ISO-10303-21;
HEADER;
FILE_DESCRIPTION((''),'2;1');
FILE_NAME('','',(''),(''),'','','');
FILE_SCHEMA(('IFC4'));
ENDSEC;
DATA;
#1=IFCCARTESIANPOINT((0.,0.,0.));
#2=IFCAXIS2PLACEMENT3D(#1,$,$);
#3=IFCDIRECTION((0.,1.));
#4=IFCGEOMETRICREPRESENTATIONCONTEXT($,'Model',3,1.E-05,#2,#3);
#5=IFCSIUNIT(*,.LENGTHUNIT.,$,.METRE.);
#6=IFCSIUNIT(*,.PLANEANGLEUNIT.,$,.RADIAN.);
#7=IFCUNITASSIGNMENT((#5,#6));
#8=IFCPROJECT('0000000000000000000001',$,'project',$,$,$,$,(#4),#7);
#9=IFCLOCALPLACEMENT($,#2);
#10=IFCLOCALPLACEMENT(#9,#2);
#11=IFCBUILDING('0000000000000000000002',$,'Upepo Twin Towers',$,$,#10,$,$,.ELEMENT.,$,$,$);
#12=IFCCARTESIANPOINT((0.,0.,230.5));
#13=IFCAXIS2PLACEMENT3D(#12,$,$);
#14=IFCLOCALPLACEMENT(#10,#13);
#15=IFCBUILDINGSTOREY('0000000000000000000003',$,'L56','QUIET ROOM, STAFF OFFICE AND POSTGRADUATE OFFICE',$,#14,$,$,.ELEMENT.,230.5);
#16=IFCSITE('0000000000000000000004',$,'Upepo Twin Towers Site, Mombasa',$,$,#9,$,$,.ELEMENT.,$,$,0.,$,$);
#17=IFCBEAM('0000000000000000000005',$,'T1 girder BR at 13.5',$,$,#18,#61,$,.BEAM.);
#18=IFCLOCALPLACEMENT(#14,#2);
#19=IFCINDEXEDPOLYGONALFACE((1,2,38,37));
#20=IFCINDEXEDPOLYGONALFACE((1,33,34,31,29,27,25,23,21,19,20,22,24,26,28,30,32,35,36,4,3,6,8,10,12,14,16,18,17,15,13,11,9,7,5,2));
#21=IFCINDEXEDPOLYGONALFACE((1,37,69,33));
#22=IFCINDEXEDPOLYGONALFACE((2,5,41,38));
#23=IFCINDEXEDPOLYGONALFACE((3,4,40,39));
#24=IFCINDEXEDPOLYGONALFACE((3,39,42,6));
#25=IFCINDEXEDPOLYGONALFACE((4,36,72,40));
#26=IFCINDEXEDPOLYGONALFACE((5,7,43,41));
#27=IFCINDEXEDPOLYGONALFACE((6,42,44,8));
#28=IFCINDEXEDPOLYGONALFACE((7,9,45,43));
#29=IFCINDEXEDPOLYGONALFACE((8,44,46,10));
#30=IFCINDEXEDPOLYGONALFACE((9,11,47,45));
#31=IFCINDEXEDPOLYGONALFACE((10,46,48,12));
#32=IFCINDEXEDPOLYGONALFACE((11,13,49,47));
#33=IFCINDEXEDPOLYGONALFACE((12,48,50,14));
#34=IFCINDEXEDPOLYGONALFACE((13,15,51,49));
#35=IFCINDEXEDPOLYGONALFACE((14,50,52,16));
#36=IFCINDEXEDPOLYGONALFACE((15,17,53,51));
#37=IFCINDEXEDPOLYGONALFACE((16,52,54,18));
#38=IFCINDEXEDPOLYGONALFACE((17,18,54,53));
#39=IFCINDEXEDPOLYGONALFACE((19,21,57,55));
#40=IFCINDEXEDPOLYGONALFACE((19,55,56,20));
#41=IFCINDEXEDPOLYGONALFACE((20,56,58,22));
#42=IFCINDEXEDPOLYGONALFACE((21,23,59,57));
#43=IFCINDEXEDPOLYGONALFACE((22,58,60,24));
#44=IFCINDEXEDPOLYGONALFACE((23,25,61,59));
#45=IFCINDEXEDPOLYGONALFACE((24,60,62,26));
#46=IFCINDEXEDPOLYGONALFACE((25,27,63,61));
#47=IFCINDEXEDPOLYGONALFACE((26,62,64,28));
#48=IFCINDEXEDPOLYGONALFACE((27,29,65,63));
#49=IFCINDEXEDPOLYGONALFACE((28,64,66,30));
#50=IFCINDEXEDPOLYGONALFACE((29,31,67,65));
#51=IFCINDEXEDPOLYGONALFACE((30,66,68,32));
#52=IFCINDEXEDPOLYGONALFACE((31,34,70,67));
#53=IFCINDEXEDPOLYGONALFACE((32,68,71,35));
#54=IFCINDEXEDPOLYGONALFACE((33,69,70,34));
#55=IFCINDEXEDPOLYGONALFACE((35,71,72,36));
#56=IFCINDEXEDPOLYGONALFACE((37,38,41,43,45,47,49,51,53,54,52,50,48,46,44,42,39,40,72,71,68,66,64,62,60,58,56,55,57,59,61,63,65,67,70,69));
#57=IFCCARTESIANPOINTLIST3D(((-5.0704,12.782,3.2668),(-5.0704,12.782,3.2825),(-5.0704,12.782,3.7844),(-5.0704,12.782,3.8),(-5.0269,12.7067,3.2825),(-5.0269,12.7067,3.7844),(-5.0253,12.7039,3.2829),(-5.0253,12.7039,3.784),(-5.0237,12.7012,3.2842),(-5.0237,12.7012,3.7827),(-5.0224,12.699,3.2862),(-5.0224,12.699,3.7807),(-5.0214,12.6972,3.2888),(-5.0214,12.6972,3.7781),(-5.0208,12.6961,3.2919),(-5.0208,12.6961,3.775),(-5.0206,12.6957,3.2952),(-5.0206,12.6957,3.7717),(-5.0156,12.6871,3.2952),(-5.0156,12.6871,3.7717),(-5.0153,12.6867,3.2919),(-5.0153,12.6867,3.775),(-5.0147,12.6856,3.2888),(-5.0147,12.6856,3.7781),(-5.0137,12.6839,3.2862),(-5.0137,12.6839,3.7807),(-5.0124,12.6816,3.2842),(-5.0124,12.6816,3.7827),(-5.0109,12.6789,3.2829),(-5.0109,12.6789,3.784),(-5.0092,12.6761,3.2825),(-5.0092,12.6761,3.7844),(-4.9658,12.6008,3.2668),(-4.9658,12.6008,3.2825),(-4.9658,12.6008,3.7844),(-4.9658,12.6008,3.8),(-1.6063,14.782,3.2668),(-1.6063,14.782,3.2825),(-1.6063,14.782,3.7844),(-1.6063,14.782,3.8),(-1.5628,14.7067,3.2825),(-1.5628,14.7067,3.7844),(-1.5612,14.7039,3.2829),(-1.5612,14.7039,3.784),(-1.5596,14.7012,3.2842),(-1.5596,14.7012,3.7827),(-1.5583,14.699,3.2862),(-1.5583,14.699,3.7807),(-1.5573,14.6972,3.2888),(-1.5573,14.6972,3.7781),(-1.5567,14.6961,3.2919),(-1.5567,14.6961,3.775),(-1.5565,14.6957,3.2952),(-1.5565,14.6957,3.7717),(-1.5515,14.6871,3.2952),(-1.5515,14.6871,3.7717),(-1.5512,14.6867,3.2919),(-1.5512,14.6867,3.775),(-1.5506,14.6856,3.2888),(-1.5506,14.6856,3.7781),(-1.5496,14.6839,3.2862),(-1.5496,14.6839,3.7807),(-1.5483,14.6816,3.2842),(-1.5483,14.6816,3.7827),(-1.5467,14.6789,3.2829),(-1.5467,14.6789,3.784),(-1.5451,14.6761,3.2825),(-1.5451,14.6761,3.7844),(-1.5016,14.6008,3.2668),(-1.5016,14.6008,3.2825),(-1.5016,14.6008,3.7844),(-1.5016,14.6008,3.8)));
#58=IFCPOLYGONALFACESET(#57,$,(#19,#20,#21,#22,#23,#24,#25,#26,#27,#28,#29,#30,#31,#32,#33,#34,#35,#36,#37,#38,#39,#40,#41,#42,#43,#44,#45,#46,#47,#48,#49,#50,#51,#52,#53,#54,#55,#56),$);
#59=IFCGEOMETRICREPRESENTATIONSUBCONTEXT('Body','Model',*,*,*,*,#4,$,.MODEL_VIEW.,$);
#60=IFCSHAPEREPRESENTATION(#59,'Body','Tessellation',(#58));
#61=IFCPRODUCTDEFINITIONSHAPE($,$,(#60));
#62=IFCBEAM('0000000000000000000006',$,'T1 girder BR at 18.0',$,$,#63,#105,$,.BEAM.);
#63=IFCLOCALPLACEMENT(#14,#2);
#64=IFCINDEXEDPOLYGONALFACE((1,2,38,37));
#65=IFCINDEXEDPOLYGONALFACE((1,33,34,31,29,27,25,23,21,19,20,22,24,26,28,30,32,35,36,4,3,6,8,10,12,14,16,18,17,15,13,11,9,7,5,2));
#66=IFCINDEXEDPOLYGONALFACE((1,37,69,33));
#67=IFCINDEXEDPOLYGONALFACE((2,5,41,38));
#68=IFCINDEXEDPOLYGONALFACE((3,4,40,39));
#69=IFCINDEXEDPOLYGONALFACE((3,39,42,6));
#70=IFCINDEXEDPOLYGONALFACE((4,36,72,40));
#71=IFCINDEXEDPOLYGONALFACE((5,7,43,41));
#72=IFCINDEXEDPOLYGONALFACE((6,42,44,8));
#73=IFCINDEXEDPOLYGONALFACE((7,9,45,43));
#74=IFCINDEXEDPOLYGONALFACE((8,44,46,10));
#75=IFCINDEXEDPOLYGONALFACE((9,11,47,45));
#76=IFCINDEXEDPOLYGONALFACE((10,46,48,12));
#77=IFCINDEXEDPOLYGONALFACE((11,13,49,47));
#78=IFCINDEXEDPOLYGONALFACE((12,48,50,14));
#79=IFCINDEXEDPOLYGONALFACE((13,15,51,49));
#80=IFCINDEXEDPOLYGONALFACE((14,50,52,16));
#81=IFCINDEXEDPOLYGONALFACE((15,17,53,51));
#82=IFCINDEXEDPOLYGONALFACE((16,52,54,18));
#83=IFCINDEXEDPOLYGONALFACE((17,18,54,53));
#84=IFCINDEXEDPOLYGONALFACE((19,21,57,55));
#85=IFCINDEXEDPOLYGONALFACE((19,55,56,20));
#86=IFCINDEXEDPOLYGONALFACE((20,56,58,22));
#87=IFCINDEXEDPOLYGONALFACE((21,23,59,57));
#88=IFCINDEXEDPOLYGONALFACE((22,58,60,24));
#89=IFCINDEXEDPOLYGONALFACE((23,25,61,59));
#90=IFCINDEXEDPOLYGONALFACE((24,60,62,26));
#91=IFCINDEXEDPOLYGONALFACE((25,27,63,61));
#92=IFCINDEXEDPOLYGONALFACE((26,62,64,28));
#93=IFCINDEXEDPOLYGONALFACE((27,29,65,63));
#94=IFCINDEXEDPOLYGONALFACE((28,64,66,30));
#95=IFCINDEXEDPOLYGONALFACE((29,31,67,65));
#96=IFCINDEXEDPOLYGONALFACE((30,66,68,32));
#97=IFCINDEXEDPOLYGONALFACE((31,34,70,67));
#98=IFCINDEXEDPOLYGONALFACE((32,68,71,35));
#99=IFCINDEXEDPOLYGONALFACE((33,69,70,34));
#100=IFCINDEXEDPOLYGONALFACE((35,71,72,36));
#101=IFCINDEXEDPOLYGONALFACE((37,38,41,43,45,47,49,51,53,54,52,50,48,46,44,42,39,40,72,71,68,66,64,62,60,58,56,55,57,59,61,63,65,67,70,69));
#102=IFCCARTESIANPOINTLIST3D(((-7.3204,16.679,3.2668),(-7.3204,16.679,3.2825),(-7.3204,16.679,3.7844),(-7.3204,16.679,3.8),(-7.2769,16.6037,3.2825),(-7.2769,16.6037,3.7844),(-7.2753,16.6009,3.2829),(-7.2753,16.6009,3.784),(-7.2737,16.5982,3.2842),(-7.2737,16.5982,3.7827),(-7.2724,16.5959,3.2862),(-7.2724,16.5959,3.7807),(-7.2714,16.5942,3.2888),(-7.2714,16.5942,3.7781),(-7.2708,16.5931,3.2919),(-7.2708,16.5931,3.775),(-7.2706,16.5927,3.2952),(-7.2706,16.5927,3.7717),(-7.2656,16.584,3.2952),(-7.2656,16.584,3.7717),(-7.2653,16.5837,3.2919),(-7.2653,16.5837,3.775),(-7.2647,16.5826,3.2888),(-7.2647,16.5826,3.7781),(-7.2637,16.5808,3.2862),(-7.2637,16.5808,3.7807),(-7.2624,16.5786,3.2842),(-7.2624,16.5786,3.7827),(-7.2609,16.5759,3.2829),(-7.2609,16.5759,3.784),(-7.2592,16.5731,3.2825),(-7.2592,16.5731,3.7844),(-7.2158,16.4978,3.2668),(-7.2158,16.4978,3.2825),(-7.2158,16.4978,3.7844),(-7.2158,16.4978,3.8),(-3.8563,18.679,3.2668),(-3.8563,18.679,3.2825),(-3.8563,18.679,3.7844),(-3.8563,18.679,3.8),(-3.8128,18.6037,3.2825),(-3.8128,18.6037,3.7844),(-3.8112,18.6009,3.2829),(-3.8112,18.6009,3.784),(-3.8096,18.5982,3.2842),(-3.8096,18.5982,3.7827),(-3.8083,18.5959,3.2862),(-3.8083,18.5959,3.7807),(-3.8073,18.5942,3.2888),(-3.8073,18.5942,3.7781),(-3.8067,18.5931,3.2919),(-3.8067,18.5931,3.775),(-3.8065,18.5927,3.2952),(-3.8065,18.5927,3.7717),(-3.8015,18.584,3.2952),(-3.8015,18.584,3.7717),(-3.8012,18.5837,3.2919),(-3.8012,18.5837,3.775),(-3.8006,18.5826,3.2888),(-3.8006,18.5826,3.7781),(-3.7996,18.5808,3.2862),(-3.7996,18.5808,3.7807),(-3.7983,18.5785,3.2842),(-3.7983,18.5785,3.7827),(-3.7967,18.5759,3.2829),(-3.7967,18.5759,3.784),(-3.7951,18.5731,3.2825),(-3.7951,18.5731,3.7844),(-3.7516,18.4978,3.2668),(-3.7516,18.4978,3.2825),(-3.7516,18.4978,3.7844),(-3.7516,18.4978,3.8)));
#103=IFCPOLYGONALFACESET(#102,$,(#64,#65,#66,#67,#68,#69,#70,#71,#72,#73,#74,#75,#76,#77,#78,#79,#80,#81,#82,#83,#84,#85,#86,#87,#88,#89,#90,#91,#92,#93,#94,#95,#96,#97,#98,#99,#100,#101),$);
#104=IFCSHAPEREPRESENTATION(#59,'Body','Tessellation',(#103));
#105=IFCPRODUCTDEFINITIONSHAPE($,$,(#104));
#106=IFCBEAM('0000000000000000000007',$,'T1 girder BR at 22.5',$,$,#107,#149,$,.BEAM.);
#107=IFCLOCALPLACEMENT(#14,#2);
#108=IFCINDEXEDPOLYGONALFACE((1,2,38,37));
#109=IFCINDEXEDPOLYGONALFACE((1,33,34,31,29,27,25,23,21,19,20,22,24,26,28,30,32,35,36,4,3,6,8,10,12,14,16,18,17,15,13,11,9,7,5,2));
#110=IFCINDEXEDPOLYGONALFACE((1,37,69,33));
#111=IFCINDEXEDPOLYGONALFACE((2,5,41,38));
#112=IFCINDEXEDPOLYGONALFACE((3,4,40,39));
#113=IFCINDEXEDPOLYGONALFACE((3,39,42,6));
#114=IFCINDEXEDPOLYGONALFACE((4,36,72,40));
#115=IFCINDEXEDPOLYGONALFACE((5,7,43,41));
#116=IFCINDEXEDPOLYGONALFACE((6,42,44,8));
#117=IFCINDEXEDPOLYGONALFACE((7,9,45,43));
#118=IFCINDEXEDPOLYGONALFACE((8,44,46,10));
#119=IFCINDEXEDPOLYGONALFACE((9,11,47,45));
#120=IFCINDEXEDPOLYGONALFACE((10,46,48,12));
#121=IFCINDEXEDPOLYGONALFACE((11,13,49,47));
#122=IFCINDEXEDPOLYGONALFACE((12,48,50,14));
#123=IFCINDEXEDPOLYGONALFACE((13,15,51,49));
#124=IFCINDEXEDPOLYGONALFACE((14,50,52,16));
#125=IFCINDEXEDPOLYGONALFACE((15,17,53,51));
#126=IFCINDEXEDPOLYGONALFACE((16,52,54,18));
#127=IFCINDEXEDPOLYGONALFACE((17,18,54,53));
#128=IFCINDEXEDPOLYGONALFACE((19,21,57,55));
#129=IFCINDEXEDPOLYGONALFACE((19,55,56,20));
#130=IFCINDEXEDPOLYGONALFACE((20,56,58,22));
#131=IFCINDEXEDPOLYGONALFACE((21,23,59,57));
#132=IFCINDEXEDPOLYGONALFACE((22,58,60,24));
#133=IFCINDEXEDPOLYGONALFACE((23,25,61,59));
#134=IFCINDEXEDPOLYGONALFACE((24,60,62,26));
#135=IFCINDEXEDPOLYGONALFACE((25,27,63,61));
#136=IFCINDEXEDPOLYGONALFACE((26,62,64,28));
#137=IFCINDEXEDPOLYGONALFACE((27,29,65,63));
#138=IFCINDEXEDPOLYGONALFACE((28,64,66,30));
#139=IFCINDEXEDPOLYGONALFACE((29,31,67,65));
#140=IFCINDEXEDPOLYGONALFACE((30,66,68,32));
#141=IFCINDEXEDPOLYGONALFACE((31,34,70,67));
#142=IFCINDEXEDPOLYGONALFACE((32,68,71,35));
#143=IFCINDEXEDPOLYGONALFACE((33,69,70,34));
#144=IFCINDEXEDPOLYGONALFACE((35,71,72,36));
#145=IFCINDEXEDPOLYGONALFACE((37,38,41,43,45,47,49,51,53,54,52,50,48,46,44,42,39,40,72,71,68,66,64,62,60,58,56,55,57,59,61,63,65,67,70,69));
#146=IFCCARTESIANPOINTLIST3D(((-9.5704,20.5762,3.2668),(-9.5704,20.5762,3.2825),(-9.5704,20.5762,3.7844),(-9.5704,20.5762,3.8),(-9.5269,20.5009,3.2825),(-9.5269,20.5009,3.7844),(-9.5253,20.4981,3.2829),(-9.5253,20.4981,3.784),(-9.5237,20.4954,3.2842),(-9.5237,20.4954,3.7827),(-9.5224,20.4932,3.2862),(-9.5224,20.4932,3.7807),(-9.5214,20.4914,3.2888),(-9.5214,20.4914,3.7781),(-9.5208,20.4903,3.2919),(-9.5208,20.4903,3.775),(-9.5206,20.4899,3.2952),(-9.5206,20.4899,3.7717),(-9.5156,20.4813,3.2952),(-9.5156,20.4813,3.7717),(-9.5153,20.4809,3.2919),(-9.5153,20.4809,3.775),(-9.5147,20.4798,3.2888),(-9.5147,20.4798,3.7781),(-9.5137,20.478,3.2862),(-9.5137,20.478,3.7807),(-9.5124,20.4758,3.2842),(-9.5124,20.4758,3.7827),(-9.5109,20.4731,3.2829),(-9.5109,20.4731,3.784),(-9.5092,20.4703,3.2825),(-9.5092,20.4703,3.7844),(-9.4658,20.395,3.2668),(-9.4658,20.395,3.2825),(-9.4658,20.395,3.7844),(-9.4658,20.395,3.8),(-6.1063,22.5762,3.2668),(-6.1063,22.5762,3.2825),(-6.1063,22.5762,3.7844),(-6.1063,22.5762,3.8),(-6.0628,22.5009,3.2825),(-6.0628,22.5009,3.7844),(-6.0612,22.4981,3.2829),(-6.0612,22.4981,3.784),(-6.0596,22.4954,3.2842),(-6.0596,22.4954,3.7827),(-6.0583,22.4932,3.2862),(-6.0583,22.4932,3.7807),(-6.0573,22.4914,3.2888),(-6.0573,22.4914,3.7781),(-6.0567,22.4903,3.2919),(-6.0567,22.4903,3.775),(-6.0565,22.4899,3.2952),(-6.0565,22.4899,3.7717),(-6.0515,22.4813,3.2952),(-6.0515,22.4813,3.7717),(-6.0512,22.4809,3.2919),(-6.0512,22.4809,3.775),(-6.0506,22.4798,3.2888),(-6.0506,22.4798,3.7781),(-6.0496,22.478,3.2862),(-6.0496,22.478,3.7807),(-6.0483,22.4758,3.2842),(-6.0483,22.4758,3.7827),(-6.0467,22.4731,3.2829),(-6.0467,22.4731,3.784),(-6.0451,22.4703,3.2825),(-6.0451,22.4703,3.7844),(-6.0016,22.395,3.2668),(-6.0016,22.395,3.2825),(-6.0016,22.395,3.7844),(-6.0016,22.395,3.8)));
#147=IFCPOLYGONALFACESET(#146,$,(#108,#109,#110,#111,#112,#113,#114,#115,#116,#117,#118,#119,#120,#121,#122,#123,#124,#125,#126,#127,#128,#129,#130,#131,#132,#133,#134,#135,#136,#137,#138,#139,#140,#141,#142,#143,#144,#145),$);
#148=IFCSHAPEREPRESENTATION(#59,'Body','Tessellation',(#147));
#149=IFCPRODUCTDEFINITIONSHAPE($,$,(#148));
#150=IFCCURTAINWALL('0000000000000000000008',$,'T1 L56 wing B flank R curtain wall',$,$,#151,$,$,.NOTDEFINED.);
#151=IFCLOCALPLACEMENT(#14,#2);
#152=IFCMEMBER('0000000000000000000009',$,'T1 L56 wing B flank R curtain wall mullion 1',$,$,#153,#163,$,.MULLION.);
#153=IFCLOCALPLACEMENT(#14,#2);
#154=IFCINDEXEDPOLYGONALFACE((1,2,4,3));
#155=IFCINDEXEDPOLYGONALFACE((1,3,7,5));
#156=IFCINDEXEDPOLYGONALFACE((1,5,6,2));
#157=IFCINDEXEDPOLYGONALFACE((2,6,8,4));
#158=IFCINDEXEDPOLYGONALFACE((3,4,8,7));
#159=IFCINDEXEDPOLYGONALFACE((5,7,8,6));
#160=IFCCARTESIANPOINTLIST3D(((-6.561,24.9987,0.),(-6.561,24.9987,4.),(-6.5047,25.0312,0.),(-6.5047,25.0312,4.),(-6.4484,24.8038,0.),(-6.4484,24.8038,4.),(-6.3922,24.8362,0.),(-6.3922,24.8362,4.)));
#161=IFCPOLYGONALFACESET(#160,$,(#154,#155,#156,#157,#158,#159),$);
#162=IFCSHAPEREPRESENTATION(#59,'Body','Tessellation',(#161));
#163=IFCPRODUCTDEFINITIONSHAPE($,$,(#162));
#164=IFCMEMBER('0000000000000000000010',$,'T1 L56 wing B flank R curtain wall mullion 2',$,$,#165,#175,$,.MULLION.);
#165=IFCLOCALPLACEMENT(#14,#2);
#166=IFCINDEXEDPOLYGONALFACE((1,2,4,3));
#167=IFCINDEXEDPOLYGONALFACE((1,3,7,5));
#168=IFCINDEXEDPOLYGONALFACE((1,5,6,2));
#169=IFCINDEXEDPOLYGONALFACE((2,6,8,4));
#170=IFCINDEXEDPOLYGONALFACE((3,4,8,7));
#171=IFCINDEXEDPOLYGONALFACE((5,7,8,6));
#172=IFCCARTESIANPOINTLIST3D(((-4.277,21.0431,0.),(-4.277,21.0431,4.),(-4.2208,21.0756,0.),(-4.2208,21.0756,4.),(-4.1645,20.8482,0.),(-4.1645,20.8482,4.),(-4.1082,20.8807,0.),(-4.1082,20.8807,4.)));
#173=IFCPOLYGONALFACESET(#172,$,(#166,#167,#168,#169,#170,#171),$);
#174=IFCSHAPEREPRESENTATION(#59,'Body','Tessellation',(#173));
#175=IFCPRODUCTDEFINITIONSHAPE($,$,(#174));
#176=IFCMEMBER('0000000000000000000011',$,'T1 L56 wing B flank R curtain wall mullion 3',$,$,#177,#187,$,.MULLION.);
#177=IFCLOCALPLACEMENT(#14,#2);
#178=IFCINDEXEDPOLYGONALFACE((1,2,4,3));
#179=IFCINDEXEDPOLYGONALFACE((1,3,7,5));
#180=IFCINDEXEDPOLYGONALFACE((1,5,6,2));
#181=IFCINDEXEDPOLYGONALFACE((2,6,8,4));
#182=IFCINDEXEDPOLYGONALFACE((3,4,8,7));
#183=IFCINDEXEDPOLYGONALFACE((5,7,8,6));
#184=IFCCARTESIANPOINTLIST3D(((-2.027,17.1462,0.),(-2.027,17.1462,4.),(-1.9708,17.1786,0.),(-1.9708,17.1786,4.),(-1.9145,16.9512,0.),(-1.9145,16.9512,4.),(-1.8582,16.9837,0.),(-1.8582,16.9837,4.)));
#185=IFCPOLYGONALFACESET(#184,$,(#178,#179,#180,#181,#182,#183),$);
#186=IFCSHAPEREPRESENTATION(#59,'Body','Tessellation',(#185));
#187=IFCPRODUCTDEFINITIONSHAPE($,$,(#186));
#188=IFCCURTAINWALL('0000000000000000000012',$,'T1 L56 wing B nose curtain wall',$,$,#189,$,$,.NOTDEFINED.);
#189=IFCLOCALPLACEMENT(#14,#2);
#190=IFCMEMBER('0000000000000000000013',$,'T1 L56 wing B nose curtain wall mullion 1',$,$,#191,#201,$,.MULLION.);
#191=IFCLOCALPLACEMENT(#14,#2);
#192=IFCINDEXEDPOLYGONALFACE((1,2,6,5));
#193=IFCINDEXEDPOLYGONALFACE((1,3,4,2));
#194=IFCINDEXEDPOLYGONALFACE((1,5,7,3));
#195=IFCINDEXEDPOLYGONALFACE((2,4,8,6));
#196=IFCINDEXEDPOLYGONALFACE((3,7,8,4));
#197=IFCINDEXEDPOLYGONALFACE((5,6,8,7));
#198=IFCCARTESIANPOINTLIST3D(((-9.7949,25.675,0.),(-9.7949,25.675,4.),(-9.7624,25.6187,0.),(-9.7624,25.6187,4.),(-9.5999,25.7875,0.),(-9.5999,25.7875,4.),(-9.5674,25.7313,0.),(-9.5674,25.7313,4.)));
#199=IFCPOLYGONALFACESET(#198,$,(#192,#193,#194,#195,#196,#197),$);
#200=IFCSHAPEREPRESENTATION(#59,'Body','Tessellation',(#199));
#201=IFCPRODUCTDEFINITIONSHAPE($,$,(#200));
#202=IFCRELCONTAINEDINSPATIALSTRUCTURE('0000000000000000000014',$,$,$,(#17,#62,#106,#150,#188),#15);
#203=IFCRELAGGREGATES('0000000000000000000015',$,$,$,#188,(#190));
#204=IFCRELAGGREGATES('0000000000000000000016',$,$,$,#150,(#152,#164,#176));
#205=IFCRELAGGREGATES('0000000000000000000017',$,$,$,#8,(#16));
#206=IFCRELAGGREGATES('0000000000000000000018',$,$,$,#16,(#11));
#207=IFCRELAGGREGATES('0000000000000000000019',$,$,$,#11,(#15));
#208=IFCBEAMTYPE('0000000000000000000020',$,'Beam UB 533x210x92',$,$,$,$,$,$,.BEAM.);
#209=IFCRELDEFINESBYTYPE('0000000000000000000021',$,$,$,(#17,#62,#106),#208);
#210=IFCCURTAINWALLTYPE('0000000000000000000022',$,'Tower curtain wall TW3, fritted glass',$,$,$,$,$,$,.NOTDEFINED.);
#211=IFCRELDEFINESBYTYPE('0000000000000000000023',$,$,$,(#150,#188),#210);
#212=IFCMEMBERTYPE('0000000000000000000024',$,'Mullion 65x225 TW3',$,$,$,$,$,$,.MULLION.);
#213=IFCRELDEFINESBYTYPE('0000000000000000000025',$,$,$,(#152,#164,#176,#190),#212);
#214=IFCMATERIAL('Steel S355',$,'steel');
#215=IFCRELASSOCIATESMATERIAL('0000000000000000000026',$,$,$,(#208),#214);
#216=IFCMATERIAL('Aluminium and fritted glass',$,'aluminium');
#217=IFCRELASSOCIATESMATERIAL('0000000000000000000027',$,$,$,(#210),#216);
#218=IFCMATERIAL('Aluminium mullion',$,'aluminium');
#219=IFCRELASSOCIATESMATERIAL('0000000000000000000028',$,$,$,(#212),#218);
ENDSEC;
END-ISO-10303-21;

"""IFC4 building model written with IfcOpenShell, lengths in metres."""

from ifc_helpers import new_model, si_unit, direction, frame, origin, origin_2d, place, context, subcontext, project, spatial, rectangle, i_section, extrude, material, material_profile, profile_set, type_object, element, aggregate, save


model = new_model("IFC4")

# Units and contexts
model_context = context("Model", 3, precision=1e-05, world=origin(), true_north=direction((0.0, 1.0)))
body_context = subcontext(model_context, "Body", "Model", "MODEL_VIEW")
ifc_project = project(units=[si_unit("LENGTHUNIT", "METRE"), si_unit("PLANEANGLEUNIT", "RADIAN")], contexts=[model_context])

# Site, building, storey
site_placement = place(None, origin())
site = spatial("IfcSite", under=ifc_project, at=site_placement, Name="Upepo Twin Towers Site, Mombasa", CompositionType="ELEMENT", RefElevation=0.0)
building_placement = place(site_placement, origin())
building = spatial("IfcBuilding", under=site, at=building_placement, Name="Upepo Twin Towers", CompositionType="ELEMENT")
storey_placement = place(building_placement, frame((0.0, 0.0, 230.5)))
storey = spatial("IfcBuildingStorey", under=building, at=storey_placement, Name="L56", Description="QUIET ROOM, STAFF OFFICE AND POSTGRADUATE OFFICE", CompositionType="ELEMENT", Elevation=230.5)

# Beams
ifc_material_1 = material(Name="Steel S355", Category="steel")
ifc_material_profile_1 = material_profile(ifc_material_1, i_section(OverallWidth=0.2092, OverallDepth=0.5332, WebThickness=0.01, FlangeThickness=0.0156, FilletRadius=0.0127, at=origin_2d()), Name="UB 533x210x92")
ifc_profile_set_1 = profile_set([ifc_material_profile_1], Name="Steel S355")
beam_type_1 = type_object("IfcBeamType", Name="Beam UB 533x210x92", PredefinedType="BEAM", material=ifc_profile_set_1)
for number, where, z_axis, x_axis, name in (
    (1, (-1.554, 14.6914, 3.5334), (-0.866026, -0.499999, 0.0), (0.499999, -0.866026, 0.0), "T1 girder BR at 13.5"),
    (2, (-3.804, 18.5884, 3.5334), (-0.866026, -0.499999, 0.0), (0.499999, -0.866026, 0.0), "T1 girder BR at 18.0"),
    (3, (-6.054, 22.4856, 3.5334), (-0.866026, -0.499999, 0.0), (0.499999, -0.866026, 0.0), "T1 girder BR at 22.5"),
):
    element("IfcBeam", number, at=place(storey_placement, frame(where, z_axis=z_axis, x_axis=x_axis)), inside=storey, type_object=beam_type_1, Name=name, PredefinedType="BEAM", context=body_context, shape_type="SweptSolid", body=[
        extrude(i_section(OverallWidth=0.2092, OverallDepth=0.5332, WebThickness=0.01, FlangeThickness=0.0156, FilletRadius=0.0127, at=origin_2d()), origin(), (0.0, 0.0, 1.0), 4.0),
    ])

# Curtain wall, members
ifc_material_2 = material(Name="Aluminium and fritted glass", Category="aluminium")
curtain_wall_type = type_object("IfcCurtainWallType", Name="Tower curtain wall TW3, fritted glass", PredefinedType="NOTDEFINED", material=ifc_material_2)
curtain_wall_1_placement = place(storey_placement, origin())
curtain_wall_1 = element("IfcCurtainWall", 4, at=curtain_wall_1_placement, inside=storey, type_object=curtain_wall_type, Name="T1 L56 wing B flank R curtain wall", PredefinedType="NOTDEFINED")
ifc_material_3 = material(Name="Aluminium mullion", Category="aluminium")
ifc_material_profile_2 = material_profile(ifc_material_3, rectangle(XDim=0.0649, YDim=0.2251, at=origin_2d()), Name="MULLION 65x225")
ifc_profile_set_2 = profile_set([ifc_material_profile_2], Name="Aluminium mullion")
member_type_1 = type_object("IfcMemberType", Name="Mullion 65x225 TW3", PredefinedType="MULLION", material=ifc_profile_set_2)
member_1_placement = place(storey_placement, frame((-6.4766, 24.9175, 0.0), z_axis=(0.0, 0.0, 1.0), x_axis=(0.866025, 0.5, 0.0)))
member_1 = element("IfcMember", 5, at=member_1_placement, type_object=member_type_1, Name="T1 L56 wing B flank R curtain wall mullion 1", PredefinedType="MULLION", context=body_context, shape_type="SweptSolid", body=[
    extrude(rectangle(XDim=0.0649, YDim=0.2251, at=origin_2d()), origin(), (0.0, 0.0, 1.0), 4.0),
])
member_2_placement = place(storey_placement, frame((-4.1926, 20.9619, 0.0), z_axis=(0.0, 0.0, 1.0), x_axis=(0.866025, 0.5, 0.0)))
member_2 = element("IfcMember", 6, at=member_2_placement, type_object=member_type_1, Name="T1 L56 wing B flank R curtain wall mullion 2", PredefinedType="MULLION", context=body_context, shape_type="SweptSolid", body=[
    extrude(rectangle(XDim=0.0649, YDim=0.2251, at=origin_2d()), origin(), (0.0, 0.0, 1.0), 4.0),
])
member_3_placement = place(storey_placement, frame((-1.9426, 17.0649, 0.0), z_axis=(0.0, 0.0, 1.0), x_axis=(0.866025, 0.5, 0.0)))
member_3 = element("IfcMember", 7, at=member_3_placement, type_object=member_type_1, Name="T1 L56 wing B flank R curtain wall mullion 3", PredefinedType="MULLION", context=body_context, shape_type="SweptSolid", body=[
    extrude(rectangle(XDim=0.0649, YDim=0.2251, at=origin_2d()), origin(), (0.0, 0.0, 1.0), 4.0),
])

# Curtain wall, member
curtain_wall_2_placement = place(storey_placement, origin())
curtain_wall_2 = element("IfcCurtainWall", 8, at=curtain_wall_2_placement, inside=storey, type_object=curtain_wall_type, Name="T1 L56 wing B nose curtain wall", PredefinedType="NOTDEFINED")
member_4_placement = place(storey_placement, frame((-9.6812, 25.7031, 0.0), z_axis=(0.0, 0.0, 1.0), x_axis=(0.5, -0.866025, 0.0)))
member_4 = element("IfcMember", 9, at=member_4_placement, type_object=member_type_1, Name="T1 L56 wing B nose curtain wall mullion 1", PredefinedType="MULLION", context=body_context, shape_type="SweptSolid", body=[
    extrude(rectangle(XDim=0.0649, YDim=0.2251, at=origin_2d()), origin(), (0.0, 0.0, 1.0), 4.0),
])
aggregate(curtain_wall_2, [member_4])

aggregate(curtain_wall_1, [member_1, member_2, member_3])

save(model, "model.ifc")
